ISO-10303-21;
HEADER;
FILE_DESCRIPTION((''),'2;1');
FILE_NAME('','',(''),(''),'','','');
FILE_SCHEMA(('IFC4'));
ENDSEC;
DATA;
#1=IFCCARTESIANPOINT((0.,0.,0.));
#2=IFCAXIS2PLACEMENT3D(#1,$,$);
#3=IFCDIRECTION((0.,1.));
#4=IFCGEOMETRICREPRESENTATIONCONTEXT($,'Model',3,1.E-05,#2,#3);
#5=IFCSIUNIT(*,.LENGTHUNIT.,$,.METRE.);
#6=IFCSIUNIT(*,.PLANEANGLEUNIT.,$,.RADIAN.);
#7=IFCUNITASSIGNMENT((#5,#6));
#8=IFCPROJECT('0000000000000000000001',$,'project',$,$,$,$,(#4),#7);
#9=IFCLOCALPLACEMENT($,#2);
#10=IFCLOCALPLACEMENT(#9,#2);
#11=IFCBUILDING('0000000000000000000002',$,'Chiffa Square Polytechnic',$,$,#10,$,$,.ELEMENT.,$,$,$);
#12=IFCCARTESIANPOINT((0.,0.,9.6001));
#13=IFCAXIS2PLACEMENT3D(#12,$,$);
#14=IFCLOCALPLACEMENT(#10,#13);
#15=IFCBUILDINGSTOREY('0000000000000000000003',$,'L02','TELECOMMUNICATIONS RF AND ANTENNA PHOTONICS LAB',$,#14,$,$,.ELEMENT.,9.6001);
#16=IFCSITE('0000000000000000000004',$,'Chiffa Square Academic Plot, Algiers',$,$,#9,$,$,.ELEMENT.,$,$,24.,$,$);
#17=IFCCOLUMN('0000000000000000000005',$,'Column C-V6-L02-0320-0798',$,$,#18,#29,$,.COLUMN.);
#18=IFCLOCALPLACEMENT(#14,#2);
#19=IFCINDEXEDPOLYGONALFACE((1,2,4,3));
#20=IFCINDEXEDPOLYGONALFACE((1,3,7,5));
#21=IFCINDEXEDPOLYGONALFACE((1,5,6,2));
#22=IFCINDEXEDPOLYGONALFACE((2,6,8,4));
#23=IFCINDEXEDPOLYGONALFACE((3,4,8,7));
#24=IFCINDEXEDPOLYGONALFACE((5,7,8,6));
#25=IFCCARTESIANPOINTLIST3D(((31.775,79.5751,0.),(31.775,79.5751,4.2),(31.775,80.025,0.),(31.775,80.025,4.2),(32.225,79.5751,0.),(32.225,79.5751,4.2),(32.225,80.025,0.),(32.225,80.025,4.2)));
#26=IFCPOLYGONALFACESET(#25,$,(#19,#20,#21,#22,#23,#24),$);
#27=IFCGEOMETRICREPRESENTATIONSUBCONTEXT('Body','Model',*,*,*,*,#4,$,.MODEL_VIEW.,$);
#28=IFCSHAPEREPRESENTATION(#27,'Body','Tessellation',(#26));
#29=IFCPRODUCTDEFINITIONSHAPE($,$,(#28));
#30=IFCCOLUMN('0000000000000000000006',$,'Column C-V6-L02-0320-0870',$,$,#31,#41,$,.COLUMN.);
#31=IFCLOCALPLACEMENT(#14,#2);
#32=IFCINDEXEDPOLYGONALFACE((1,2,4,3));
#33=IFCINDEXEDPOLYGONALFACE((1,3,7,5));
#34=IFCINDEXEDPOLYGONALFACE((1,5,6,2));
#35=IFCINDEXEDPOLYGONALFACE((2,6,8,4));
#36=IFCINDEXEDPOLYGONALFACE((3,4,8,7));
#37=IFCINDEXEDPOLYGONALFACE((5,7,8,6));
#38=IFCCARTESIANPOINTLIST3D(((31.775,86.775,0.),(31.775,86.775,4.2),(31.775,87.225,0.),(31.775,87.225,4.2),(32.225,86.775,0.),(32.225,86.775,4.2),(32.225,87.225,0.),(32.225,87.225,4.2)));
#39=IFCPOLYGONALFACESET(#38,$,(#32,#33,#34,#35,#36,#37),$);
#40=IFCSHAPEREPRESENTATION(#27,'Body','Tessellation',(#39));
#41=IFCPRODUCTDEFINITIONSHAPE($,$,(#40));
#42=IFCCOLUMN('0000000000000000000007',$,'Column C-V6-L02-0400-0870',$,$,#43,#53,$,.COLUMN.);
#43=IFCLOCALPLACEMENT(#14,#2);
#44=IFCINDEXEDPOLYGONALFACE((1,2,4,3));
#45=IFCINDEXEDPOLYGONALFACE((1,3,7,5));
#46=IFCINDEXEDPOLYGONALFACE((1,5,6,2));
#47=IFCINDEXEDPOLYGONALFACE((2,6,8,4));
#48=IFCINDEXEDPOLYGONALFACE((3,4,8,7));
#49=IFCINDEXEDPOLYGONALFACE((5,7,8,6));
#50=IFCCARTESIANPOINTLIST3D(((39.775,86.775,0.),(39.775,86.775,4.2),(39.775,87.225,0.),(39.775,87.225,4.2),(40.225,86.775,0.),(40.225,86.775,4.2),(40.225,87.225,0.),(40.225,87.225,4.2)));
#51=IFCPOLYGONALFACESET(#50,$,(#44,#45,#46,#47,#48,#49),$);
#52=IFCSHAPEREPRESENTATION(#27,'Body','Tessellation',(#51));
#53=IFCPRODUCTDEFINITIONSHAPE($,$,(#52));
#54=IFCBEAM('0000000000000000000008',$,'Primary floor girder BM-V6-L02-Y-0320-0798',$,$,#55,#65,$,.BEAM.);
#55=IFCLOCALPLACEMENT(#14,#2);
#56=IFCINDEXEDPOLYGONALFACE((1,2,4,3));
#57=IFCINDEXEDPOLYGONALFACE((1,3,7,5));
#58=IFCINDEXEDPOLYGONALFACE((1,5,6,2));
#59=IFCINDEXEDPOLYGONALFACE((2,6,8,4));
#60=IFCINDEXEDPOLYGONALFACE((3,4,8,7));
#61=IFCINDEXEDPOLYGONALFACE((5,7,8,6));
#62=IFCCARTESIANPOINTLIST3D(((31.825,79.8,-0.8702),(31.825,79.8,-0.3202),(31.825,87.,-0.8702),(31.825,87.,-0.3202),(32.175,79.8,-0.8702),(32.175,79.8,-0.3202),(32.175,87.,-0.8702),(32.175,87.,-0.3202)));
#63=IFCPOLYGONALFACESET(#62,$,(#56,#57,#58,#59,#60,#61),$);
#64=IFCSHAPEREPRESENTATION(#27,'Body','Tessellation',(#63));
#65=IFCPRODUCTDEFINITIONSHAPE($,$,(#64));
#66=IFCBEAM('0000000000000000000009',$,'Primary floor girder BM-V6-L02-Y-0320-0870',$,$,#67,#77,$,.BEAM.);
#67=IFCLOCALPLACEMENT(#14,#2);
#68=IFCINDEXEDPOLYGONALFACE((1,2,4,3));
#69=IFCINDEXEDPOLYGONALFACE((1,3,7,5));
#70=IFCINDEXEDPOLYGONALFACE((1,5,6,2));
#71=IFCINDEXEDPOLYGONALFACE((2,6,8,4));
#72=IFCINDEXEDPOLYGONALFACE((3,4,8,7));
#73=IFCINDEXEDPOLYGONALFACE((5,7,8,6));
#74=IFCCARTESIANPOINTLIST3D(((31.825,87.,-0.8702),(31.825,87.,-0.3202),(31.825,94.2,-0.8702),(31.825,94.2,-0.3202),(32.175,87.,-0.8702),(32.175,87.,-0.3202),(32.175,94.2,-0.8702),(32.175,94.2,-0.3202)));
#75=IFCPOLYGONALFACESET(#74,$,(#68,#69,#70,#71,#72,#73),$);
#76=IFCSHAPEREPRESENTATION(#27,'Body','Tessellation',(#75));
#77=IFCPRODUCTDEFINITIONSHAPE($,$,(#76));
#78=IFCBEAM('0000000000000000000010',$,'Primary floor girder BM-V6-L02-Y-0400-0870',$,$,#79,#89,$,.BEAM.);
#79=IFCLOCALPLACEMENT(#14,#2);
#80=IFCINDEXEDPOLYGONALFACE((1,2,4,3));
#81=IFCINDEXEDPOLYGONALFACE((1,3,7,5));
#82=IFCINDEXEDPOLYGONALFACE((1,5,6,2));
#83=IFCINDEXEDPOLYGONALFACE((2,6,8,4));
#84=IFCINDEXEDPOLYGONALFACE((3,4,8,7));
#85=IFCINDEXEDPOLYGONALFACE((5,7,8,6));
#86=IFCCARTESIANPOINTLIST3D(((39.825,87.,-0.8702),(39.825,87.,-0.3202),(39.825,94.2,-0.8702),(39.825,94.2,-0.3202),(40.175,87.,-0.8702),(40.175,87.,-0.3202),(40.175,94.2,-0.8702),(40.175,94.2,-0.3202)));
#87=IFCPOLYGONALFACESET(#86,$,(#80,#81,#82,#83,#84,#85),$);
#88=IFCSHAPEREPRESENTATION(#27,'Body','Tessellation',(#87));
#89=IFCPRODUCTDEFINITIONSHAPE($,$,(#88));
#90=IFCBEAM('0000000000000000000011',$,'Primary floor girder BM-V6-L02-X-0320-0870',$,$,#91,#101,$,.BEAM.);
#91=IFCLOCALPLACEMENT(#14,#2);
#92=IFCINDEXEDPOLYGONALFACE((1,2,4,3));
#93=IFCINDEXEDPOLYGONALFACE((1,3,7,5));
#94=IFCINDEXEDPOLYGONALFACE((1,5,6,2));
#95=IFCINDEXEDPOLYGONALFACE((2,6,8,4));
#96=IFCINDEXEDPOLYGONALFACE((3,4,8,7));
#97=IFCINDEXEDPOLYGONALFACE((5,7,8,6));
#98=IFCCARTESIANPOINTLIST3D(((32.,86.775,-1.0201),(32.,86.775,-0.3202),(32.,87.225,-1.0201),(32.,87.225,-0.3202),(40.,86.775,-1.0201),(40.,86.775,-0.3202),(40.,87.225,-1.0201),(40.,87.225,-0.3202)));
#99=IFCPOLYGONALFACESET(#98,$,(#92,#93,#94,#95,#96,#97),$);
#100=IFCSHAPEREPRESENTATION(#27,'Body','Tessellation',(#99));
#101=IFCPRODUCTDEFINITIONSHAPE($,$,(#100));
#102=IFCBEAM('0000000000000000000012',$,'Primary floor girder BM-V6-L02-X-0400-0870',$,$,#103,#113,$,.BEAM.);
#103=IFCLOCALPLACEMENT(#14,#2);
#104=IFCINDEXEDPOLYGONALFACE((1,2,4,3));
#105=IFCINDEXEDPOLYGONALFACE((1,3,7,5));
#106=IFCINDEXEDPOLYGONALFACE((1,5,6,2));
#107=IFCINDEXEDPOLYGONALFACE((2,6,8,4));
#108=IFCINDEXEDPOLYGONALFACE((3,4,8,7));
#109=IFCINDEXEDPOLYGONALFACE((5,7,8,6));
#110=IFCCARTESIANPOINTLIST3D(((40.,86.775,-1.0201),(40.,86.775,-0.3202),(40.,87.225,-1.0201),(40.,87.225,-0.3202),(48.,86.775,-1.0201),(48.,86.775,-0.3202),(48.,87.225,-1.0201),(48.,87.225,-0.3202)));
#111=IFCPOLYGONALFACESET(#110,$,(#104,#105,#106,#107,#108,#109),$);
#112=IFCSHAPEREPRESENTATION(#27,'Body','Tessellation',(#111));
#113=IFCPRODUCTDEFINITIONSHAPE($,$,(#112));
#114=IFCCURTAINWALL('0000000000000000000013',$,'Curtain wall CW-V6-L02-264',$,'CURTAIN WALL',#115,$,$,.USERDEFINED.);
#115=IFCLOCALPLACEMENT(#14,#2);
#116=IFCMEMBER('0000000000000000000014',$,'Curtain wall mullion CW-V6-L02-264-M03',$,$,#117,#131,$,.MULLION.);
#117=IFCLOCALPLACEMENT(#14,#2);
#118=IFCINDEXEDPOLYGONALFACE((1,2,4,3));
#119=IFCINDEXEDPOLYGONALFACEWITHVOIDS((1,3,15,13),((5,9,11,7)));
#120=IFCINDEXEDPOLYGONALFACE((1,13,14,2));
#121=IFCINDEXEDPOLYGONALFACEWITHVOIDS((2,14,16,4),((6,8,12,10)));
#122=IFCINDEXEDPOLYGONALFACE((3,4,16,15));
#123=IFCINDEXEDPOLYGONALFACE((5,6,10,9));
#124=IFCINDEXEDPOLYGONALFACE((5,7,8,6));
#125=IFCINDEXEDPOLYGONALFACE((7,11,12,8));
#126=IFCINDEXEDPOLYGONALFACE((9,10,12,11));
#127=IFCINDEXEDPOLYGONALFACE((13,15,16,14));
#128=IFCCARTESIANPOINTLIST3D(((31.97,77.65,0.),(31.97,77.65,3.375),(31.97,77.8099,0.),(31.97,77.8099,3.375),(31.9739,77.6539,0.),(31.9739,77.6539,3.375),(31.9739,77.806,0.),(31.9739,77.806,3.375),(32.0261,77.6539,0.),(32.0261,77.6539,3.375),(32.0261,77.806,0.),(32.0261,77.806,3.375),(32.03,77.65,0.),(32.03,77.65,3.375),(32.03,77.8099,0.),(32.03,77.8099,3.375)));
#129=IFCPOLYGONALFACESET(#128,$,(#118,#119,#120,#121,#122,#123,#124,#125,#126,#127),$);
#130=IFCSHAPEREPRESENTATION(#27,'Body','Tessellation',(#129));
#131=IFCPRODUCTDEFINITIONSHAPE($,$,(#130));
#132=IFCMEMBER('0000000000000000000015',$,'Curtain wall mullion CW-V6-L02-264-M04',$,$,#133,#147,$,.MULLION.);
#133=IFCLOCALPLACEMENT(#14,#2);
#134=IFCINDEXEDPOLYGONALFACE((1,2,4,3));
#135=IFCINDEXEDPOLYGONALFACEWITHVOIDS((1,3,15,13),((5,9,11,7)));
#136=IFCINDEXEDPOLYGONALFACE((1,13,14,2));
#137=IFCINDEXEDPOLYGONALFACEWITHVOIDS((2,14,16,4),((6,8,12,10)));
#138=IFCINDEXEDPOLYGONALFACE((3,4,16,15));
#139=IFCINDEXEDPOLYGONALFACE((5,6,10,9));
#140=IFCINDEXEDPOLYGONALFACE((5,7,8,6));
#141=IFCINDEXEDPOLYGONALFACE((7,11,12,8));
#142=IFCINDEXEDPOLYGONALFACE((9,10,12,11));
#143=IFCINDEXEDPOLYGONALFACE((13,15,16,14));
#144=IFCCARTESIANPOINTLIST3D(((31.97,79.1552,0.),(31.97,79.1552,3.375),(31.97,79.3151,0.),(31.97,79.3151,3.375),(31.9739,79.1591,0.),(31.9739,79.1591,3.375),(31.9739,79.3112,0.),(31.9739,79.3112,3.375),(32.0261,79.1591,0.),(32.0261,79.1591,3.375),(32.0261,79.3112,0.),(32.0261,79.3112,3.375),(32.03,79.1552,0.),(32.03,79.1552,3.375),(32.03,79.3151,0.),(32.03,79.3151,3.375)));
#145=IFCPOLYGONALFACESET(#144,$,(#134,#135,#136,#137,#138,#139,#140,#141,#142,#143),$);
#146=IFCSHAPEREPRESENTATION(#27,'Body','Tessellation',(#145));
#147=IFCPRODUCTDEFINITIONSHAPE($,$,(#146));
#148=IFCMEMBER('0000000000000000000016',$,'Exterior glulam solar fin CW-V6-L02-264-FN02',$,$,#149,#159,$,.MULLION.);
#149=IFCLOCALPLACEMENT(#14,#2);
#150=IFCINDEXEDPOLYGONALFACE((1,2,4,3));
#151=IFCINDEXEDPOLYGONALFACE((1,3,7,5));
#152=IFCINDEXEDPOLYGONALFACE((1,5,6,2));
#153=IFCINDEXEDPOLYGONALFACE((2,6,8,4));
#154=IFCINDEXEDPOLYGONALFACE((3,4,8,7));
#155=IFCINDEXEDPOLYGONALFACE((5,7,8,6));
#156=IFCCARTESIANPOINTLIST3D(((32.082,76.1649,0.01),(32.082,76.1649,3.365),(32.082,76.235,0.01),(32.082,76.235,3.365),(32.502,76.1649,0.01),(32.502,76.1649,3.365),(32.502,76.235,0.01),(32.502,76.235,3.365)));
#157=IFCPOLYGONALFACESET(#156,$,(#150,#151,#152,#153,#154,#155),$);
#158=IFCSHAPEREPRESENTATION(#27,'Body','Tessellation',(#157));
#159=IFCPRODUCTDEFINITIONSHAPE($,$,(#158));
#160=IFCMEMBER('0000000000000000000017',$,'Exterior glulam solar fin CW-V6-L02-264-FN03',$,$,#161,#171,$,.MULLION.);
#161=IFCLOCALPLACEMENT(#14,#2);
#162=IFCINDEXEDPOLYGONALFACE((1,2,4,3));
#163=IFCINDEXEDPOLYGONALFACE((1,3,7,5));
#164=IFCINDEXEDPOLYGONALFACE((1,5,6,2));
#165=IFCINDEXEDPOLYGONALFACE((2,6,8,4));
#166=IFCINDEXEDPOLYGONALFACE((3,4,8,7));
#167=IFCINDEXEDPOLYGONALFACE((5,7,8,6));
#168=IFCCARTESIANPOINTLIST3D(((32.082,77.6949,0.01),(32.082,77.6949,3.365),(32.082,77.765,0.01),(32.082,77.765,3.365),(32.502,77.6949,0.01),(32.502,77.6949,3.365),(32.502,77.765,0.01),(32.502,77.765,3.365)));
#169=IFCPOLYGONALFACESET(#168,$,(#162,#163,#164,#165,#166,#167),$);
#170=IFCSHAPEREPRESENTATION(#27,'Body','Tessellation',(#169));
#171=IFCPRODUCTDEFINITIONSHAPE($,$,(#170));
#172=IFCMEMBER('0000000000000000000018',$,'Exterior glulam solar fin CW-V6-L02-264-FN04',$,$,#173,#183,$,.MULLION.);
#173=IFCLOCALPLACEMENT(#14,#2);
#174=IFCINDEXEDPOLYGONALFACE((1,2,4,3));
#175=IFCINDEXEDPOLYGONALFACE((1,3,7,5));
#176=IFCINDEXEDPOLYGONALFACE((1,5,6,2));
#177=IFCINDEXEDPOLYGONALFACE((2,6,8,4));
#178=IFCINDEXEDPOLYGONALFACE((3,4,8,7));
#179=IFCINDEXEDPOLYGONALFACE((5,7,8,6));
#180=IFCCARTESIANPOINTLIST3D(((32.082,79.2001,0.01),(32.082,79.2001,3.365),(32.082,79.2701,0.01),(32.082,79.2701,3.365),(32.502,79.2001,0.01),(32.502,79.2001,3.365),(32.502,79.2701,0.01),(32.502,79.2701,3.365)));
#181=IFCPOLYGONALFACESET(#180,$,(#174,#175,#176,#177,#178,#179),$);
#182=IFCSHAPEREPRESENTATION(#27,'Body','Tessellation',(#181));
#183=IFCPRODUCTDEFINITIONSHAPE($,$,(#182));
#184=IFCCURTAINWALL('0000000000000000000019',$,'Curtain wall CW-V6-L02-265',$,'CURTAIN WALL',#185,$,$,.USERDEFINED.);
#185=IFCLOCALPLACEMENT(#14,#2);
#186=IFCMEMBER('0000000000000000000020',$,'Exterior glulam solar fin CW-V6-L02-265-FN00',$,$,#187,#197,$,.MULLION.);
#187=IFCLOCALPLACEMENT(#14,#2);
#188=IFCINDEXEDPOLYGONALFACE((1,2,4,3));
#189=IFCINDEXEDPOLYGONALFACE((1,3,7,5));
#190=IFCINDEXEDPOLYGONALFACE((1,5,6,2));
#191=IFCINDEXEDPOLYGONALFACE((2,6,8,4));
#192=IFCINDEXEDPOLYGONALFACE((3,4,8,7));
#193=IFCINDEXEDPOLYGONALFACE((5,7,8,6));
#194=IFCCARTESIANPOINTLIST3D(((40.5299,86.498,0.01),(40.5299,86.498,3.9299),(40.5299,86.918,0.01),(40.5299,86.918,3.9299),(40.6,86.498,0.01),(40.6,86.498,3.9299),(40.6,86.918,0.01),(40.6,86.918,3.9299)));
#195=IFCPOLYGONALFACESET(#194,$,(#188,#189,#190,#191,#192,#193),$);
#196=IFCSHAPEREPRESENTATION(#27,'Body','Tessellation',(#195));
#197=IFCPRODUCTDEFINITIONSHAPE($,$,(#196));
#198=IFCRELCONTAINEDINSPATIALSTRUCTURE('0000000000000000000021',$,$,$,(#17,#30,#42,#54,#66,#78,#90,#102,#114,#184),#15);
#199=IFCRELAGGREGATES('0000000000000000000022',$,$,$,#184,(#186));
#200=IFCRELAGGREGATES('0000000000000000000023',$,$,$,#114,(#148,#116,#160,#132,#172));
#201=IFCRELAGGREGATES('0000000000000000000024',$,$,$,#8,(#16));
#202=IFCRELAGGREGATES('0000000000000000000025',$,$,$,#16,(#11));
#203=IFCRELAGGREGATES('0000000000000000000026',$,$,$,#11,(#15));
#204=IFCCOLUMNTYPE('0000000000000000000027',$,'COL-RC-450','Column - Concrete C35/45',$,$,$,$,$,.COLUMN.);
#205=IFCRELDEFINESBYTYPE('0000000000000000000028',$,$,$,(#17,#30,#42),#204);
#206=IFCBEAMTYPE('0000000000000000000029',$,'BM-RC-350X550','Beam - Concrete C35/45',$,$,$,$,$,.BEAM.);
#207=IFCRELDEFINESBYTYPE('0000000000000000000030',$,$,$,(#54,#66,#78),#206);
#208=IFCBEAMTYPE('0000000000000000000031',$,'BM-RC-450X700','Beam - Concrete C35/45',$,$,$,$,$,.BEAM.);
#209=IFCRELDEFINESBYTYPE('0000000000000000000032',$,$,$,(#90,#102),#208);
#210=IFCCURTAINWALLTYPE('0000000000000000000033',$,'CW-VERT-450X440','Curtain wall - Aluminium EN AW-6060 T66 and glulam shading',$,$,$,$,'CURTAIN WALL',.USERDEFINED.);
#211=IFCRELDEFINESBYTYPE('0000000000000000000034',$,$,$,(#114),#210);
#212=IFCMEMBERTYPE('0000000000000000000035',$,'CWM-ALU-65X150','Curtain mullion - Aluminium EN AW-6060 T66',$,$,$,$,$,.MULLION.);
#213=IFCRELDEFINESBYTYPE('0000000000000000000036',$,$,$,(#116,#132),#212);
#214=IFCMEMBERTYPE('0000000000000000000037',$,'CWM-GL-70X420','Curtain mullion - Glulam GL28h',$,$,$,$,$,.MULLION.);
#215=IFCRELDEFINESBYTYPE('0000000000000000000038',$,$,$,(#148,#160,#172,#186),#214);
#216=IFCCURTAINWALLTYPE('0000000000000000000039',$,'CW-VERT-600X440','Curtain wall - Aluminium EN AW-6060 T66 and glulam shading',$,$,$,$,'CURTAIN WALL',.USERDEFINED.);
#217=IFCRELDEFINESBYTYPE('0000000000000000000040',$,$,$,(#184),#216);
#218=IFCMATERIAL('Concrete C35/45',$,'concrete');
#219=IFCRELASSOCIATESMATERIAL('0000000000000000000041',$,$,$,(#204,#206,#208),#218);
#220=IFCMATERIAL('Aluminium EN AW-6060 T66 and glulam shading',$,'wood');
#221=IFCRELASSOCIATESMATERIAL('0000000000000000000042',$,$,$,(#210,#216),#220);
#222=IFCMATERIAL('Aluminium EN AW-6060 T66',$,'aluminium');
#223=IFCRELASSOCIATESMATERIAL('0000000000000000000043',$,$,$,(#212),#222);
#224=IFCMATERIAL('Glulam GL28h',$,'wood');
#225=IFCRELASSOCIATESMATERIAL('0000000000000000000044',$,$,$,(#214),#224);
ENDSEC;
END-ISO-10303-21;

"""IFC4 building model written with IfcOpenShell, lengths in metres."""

from ifc_helpers import new_model, si_unit, direction, frame, origin, origin_2d, place, context, subcontext, project, spatial, rectangle, hollow_rectangle, extrude, material, material_profile, profile_set, type_object, element, aggregate, save


model = new_model("IFC4")

# Units and contexts
model_context = context("Model", 3, precision=1e-05, world=origin(), true_north=direction((0.0, 1.0)))
body_context = subcontext(model_context, "Body", "Model", "MODEL_VIEW")
ifc_project = project(units=[si_unit("LENGTHUNIT", "METRE"), si_unit("PLANEANGLEUNIT", "RADIAN")], contexts=[model_context])

# Site, building, storey
site_placement = place(None, origin())
site = spatial("IfcSite", under=ifc_project, at=site_placement, Name="Chiffa Square Academic Plot, Algiers", CompositionType="ELEMENT", RefElevation=24.0)
building_placement = place(site_placement, origin())
building = spatial("IfcBuilding", under=site, at=building_placement, Name="Chiffa Square Polytechnic", CompositionType="ELEMENT")
storey_placement = place(building_placement, frame((0.0, 0.0, 9.6001)))
storey = spatial("IfcBuildingStorey", under=building, at=storey_placement, Name="L02", Description="TELECOMMUNICATIONS RF AND ANTENNA PHOTONICS LAB", CompositionType="ELEMENT", Elevation=9.6001)

# Columns
ifc_material_1 = material(Name="Concrete C35/45", Category="concrete")
ifc_material_profile_1 = material_profile(ifc_material_1, rectangle(XDim=0.45, YDim=0.45, at=origin_2d()), Name="RC 450x450")
ifc_profile_set_1 = profile_set([ifc_material_profile_1], Name="Concrete C35/45")
column_type = type_object("IfcColumnType", Name="COL-RC-450", Description="Column - Concrete C35/45", PredefinedType="COLUMN", material=ifc_profile_set_1)
for number, where, z_axis, x_axis, name in (
    (1, (32.0, 79.8, 0.0), (0.0, 0.0, 1.0), (1.0, 0.0, 0.0), "Column C-V6-L02-0320-0798"),
    (2, (32.0, 87.0, 0.0), (0.0, 0.0, 1.0), (1.0, 0.0, 0.0), "Column C-V6-L02-0320-0870"),
    (3, (40.0, 87.0, 0.0), (0.0, 0.0, 1.0), (1.0, 0.0, 0.0), "Column C-V6-L02-0400-0870"),
):
    element("IfcColumn", number, at=place(storey_placement, frame(where, z_axis=z_axis, x_axis=x_axis)), inside=storey, type_object=column_type, Name=name, PredefinedType="COLUMN", context=body_context, shape_type="SweptSolid", body=[
        extrude(rectangle(XDim=0.45, YDim=0.45, at=origin_2d()), origin(), (0.0, 0.0, 1.0), 4.2),
    ])

# Beams
ifc_material_profile_2 = material_profile(ifc_material_1, rectangle(XDim=0.3501, YDim=0.55, at=origin_2d()), Name="RC 350x550")
ifc_profile_set_2 = profile_set([ifc_material_profile_2], Name="Concrete C35/45")
beam_type_1 = type_object("IfcBeamType", Name="BM-RC-350X550", Description="Beam - Concrete C35/45", PredefinedType="BEAM", material=ifc_profile_set_2)
for number, where, z_axis, x_axis, name in (
    (4, (32.0, 79.8, -0.5952), (0.0, 1.0, 0.0), (-1.0, 0.0, 0.0), "Primary floor girder BM-V6-L02-Y-0320-0798"),
    (5, (32.0, 87.0, -0.5952), (0.0, 1.0, 0.0), (-1.0, 0.0, 0.0), "Primary floor girder BM-V6-L02-Y-0320-0870"),
    (6, (40.0, 87.0, -0.5952), (0.0, 1.0, 0.0), (-1.0, 0.0, 0.0), "Primary floor girder BM-V6-L02-Y-0400-0870"),
):
    element("IfcBeam", number, at=place(storey_placement, frame(where, z_axis=z_axis, x_axis=x_axis)), inside=storey, type_object=beam_type_1, Name=name, PredefinedType="BEAM", context=body_context, shape_type="SweptSolid", body=[
        extrude(rectangle(XDim=0.3501, YDim=0.55, at=origin_2d()), origin(), (0.0, 0.0, 1.0), 7.2),
    ])
ifc_material_profile_3 = material_profile(ifc_material_1, rectangle(XDim=0.45, YDim=0.7, at=origin_2d()), Name="RC 450x700")
ifc_profile_set_3 = profile_set([ifc_material_profile_3], Name="Concrete C35/45")
beam_type_2 = type_object("IfcBeamType", Name="BM-RC-450X700", Description="Beam - Concrete C35/45", PredefinedType="BEAM", material=ifc_profile_set_3)
for number, where, z_axis, x_axis, name in (
    (7, (32.0, 87.0, -0.6702), (1.0, 0.0, 0.0), (0.0, 1.0, 0.0), "Primary floor girder BM-V6-L02-X-0320-0870"),
    (8, (40.0, 87.0, -0.6702), (1.0, 0.0, 0.0), (0.0, 1.0, 0.0), "Primary floor girder BM-V6-L02-X-0400-0870"),
):
    element("IfcBeam", number, at=place(storey_placement, frame(where, z_axis=z_axis, x_axis=x_axis)), inside=storey, type_object=beam_type_2, Name=name, PredefinedType="BEAM", context=body_context, shape_type="SweptSolid", body=[
        extrude(rectangle(XDim=0.45, YDim=0.7, at=origin_2d()), origin(), (0.0, 0.0, 1.0), 8.0),
    ])

# Curtain walls, members
ifc_material_2 = material(Name="Aluminium EN AW-6060 T66 and glulam shading", Category="wood")
curtain_wall_type_1 = type_object("IfcCurtainWallType", Name="CW-VERT-450X440", Description="Curtain wall - Aluminium EN AW-6060 T66 and glulam shading", ElementType="CURTAIN WALL", PredefinedType="USERDEFINED", material=ifc_material_2)
curtain_wall_1_placement = place(storey_placement, origin())
curtain_wall_1 = element("IfcCurtainWall", 9, at=curtain_wall_1_placement, inside=storey, type_object=curtain_wall_type_1, Name="Curtain wall CW-V6-L02-264", ObjectType="CURTAIN WALL", PredefinedType="USERDEFINED")
ifc_material_3 = material(Name="Aluminium EN AW-6060 T66", Category="aluminium")
ifc_material_profile_4 = material_profile(ifc_material_3, hollow_rectangle(XDim=0.0601, YDim=0.1599, WallThickness=0.0039, at=origin_2d()), Name="ALU 60x160x4")
ifc_profile_set_4 = profile_set([ifc_material_profile_4], Name="Aluminium EN AW-6060 T66")
member_type_1 = type_object("IfcMemberType", Name="CWM-ALU-65X150", Description="Curtain mullion - Aluminium EN AW-6060 T66", PredefinedType="MULLION", material=ifc_profile_set_4)
member_1_placement = place(storey_placement, frame((32.0, 77.73, 0.0), z_axis=(0.0, 0.0, 1.0), x_axis=(1.0, 0.0, 0.0)))
member_1 = element("IfcMember", 10, at=member_1_placement, type_object=member_type_1, Name="Curtain wall mullion CW-V6-L02-264-M03", PredefinedType="MULLION", context=body_context, shape_type="SweptSolid", body=[
    extrude(hollow_rectangle(XDim=0.0601, YDim=0.1599, WallThickness=0.0039, at=origin_2d()), origin(), (0.0, 0.0, 1.0), 3.375),
])
member_2_placement = place(storey_placement, frame((32.0, 79.2351, 0.0), z_axis=(0.0, 0.0, 1.0), x_axis=(1.0, 0.0, 0.0)))
member_2 = element("IfcMember", 11, at=member_2_placement, type_object=member_type_1, Name="Curtain wall mullion CW-V6-L02-264-M04", PredefinedType="MULLION", context=body_context, shape_type="SweptSolid", body=[
    extrude(hollow_rectangle(XDim=0.0601, YDim=0.1599, WallThickness=0.0039, at=origin_2d()), origin(), (0.0, 0.0, 1.0), 3.375),
])
ifc_material_4 = material(Name="Glulam GL28h", Category="wood")
ifc_material_profile_5 = material_profile(ifc_material_4, rectangle(XDim=0.0701, YDim=0.4199, at=origin_2d()), Name="GL28h 70x420")
ifc_profile_set_5 = profile_set([ifc_material_profile_5], Name="Glulam GL28h")
member_type_2 = type_object("IfcMemberType", Name="CWM-GL-70X420", Description="Curtain mullion - Glulam GL28h", PredefinedType="MULLION", material=ifc_profile_set_5)
member_3_placement = place(storey_placement, frame((32.292, 76.2, 0.01), z_axis=(0.0, 0.0, 1.0), x_axis=(0.0, 1.0, 0.0)))
member_3 = element("IfcMember", 12, at=member_3_placement, type_object=member_type_2, Name="Exterior glulam solar fin CW-V6-L02-264-FN02", PredefinedType="MULLION", context=body_context, shape_type="SweptSolid", body=[
    extrude(rectangle(XDim=0.0701, YDim=0.4199, at=origin_2d()), origin(), (0.0, 0.0, 1.0), 3.355),
])
member_4_placement = place(storey_placement, frame((32.292, 77.73, 0.01), z_axis=(0.0, 0.0, 1.0), x_axis=(0.0, 1.0, 0.0)))
member_4 = element("IfcMember", 13, at=member_4_placement, type_object=member_type_2, Name="Exterior glulam solar fin CW-V6-L02-264-FN03", PredefinedType="MULLION", context=body_context, shape_type="SweptSolid", body=[
    extrude(rectangle(XDim=0.0701, YDim=0.4199, at=origin_2d()), origin(), (0.0, 0.0, 1.0), 3.355),
])
member_5_placement = place(storey_placement, frame((32.292, 79.2351, 0.01), z_axis=(0.0, 0.0, 1.0), x_axis=(0.0, 1.0, 0.0)))
member_5 = element("IfcMember", 14, at=member_5_placement, type_object=member_type_2, Name="Exterior glulam solar fin CW-V6-L02-264-FN04", PredefinedType="MULLION", context=body_context, shape_type="SweptSolid", body=[
    extrude(rectangle(XDim=0.0701, YDim=0.4199, at=origin_2d()), origin(), (0.0, 0.0, 1.0), 3.355),
])
curtain_wall_type_2 = type_object("IfcCurtainWallType", Name="CW-VERT-600X440", Description="Curtain wall - Aluminium EN AW-6060 T66 and glulam shading", ElementType="CURTAIN WALL", PredefinedType="USERDEFINED", material=ifc_material_2)
curtain_wall_2_placement = place(storey_placement, origin())
curtain_wall_2 = element("IfcCurtainWall", 15, at=curtain_wall_2_placement, inside=storey, type_object=curtain_wall_type_2, Name="Curtain wall CW-V6-L02-265", ObjectType="CURTAIN WALL", PredefinedType="USERDEFINED")
member_6_placement = place(storey_placement, frame((40.5649, 86.708, 0.01), z_axis=(0.0, 0.0, 1.0), x_axis=(1.0, 0.0, 0.0)))
member_6 = element("IfcMember", 16, at=member_6_placement, type_object=member_type_2, Name="Exterior glulam solar fin CW-V6-L02-265-FN00", PredefinedType="MULLION", context=body_context, shape_type="SweptSolid", body=[
    extrude(rectangle(XDim=0.0701, YDim=0.4199, at=origin_2d()), origin(), (0.0, 0.0, 1.0), 3.9199),
])
aggregate(curtain_wall_2, [member_6])

aggregate(curtain_wall_1, [member_3, member_1, member_4, member_2, member_5])

save(model, "model.ifc")
